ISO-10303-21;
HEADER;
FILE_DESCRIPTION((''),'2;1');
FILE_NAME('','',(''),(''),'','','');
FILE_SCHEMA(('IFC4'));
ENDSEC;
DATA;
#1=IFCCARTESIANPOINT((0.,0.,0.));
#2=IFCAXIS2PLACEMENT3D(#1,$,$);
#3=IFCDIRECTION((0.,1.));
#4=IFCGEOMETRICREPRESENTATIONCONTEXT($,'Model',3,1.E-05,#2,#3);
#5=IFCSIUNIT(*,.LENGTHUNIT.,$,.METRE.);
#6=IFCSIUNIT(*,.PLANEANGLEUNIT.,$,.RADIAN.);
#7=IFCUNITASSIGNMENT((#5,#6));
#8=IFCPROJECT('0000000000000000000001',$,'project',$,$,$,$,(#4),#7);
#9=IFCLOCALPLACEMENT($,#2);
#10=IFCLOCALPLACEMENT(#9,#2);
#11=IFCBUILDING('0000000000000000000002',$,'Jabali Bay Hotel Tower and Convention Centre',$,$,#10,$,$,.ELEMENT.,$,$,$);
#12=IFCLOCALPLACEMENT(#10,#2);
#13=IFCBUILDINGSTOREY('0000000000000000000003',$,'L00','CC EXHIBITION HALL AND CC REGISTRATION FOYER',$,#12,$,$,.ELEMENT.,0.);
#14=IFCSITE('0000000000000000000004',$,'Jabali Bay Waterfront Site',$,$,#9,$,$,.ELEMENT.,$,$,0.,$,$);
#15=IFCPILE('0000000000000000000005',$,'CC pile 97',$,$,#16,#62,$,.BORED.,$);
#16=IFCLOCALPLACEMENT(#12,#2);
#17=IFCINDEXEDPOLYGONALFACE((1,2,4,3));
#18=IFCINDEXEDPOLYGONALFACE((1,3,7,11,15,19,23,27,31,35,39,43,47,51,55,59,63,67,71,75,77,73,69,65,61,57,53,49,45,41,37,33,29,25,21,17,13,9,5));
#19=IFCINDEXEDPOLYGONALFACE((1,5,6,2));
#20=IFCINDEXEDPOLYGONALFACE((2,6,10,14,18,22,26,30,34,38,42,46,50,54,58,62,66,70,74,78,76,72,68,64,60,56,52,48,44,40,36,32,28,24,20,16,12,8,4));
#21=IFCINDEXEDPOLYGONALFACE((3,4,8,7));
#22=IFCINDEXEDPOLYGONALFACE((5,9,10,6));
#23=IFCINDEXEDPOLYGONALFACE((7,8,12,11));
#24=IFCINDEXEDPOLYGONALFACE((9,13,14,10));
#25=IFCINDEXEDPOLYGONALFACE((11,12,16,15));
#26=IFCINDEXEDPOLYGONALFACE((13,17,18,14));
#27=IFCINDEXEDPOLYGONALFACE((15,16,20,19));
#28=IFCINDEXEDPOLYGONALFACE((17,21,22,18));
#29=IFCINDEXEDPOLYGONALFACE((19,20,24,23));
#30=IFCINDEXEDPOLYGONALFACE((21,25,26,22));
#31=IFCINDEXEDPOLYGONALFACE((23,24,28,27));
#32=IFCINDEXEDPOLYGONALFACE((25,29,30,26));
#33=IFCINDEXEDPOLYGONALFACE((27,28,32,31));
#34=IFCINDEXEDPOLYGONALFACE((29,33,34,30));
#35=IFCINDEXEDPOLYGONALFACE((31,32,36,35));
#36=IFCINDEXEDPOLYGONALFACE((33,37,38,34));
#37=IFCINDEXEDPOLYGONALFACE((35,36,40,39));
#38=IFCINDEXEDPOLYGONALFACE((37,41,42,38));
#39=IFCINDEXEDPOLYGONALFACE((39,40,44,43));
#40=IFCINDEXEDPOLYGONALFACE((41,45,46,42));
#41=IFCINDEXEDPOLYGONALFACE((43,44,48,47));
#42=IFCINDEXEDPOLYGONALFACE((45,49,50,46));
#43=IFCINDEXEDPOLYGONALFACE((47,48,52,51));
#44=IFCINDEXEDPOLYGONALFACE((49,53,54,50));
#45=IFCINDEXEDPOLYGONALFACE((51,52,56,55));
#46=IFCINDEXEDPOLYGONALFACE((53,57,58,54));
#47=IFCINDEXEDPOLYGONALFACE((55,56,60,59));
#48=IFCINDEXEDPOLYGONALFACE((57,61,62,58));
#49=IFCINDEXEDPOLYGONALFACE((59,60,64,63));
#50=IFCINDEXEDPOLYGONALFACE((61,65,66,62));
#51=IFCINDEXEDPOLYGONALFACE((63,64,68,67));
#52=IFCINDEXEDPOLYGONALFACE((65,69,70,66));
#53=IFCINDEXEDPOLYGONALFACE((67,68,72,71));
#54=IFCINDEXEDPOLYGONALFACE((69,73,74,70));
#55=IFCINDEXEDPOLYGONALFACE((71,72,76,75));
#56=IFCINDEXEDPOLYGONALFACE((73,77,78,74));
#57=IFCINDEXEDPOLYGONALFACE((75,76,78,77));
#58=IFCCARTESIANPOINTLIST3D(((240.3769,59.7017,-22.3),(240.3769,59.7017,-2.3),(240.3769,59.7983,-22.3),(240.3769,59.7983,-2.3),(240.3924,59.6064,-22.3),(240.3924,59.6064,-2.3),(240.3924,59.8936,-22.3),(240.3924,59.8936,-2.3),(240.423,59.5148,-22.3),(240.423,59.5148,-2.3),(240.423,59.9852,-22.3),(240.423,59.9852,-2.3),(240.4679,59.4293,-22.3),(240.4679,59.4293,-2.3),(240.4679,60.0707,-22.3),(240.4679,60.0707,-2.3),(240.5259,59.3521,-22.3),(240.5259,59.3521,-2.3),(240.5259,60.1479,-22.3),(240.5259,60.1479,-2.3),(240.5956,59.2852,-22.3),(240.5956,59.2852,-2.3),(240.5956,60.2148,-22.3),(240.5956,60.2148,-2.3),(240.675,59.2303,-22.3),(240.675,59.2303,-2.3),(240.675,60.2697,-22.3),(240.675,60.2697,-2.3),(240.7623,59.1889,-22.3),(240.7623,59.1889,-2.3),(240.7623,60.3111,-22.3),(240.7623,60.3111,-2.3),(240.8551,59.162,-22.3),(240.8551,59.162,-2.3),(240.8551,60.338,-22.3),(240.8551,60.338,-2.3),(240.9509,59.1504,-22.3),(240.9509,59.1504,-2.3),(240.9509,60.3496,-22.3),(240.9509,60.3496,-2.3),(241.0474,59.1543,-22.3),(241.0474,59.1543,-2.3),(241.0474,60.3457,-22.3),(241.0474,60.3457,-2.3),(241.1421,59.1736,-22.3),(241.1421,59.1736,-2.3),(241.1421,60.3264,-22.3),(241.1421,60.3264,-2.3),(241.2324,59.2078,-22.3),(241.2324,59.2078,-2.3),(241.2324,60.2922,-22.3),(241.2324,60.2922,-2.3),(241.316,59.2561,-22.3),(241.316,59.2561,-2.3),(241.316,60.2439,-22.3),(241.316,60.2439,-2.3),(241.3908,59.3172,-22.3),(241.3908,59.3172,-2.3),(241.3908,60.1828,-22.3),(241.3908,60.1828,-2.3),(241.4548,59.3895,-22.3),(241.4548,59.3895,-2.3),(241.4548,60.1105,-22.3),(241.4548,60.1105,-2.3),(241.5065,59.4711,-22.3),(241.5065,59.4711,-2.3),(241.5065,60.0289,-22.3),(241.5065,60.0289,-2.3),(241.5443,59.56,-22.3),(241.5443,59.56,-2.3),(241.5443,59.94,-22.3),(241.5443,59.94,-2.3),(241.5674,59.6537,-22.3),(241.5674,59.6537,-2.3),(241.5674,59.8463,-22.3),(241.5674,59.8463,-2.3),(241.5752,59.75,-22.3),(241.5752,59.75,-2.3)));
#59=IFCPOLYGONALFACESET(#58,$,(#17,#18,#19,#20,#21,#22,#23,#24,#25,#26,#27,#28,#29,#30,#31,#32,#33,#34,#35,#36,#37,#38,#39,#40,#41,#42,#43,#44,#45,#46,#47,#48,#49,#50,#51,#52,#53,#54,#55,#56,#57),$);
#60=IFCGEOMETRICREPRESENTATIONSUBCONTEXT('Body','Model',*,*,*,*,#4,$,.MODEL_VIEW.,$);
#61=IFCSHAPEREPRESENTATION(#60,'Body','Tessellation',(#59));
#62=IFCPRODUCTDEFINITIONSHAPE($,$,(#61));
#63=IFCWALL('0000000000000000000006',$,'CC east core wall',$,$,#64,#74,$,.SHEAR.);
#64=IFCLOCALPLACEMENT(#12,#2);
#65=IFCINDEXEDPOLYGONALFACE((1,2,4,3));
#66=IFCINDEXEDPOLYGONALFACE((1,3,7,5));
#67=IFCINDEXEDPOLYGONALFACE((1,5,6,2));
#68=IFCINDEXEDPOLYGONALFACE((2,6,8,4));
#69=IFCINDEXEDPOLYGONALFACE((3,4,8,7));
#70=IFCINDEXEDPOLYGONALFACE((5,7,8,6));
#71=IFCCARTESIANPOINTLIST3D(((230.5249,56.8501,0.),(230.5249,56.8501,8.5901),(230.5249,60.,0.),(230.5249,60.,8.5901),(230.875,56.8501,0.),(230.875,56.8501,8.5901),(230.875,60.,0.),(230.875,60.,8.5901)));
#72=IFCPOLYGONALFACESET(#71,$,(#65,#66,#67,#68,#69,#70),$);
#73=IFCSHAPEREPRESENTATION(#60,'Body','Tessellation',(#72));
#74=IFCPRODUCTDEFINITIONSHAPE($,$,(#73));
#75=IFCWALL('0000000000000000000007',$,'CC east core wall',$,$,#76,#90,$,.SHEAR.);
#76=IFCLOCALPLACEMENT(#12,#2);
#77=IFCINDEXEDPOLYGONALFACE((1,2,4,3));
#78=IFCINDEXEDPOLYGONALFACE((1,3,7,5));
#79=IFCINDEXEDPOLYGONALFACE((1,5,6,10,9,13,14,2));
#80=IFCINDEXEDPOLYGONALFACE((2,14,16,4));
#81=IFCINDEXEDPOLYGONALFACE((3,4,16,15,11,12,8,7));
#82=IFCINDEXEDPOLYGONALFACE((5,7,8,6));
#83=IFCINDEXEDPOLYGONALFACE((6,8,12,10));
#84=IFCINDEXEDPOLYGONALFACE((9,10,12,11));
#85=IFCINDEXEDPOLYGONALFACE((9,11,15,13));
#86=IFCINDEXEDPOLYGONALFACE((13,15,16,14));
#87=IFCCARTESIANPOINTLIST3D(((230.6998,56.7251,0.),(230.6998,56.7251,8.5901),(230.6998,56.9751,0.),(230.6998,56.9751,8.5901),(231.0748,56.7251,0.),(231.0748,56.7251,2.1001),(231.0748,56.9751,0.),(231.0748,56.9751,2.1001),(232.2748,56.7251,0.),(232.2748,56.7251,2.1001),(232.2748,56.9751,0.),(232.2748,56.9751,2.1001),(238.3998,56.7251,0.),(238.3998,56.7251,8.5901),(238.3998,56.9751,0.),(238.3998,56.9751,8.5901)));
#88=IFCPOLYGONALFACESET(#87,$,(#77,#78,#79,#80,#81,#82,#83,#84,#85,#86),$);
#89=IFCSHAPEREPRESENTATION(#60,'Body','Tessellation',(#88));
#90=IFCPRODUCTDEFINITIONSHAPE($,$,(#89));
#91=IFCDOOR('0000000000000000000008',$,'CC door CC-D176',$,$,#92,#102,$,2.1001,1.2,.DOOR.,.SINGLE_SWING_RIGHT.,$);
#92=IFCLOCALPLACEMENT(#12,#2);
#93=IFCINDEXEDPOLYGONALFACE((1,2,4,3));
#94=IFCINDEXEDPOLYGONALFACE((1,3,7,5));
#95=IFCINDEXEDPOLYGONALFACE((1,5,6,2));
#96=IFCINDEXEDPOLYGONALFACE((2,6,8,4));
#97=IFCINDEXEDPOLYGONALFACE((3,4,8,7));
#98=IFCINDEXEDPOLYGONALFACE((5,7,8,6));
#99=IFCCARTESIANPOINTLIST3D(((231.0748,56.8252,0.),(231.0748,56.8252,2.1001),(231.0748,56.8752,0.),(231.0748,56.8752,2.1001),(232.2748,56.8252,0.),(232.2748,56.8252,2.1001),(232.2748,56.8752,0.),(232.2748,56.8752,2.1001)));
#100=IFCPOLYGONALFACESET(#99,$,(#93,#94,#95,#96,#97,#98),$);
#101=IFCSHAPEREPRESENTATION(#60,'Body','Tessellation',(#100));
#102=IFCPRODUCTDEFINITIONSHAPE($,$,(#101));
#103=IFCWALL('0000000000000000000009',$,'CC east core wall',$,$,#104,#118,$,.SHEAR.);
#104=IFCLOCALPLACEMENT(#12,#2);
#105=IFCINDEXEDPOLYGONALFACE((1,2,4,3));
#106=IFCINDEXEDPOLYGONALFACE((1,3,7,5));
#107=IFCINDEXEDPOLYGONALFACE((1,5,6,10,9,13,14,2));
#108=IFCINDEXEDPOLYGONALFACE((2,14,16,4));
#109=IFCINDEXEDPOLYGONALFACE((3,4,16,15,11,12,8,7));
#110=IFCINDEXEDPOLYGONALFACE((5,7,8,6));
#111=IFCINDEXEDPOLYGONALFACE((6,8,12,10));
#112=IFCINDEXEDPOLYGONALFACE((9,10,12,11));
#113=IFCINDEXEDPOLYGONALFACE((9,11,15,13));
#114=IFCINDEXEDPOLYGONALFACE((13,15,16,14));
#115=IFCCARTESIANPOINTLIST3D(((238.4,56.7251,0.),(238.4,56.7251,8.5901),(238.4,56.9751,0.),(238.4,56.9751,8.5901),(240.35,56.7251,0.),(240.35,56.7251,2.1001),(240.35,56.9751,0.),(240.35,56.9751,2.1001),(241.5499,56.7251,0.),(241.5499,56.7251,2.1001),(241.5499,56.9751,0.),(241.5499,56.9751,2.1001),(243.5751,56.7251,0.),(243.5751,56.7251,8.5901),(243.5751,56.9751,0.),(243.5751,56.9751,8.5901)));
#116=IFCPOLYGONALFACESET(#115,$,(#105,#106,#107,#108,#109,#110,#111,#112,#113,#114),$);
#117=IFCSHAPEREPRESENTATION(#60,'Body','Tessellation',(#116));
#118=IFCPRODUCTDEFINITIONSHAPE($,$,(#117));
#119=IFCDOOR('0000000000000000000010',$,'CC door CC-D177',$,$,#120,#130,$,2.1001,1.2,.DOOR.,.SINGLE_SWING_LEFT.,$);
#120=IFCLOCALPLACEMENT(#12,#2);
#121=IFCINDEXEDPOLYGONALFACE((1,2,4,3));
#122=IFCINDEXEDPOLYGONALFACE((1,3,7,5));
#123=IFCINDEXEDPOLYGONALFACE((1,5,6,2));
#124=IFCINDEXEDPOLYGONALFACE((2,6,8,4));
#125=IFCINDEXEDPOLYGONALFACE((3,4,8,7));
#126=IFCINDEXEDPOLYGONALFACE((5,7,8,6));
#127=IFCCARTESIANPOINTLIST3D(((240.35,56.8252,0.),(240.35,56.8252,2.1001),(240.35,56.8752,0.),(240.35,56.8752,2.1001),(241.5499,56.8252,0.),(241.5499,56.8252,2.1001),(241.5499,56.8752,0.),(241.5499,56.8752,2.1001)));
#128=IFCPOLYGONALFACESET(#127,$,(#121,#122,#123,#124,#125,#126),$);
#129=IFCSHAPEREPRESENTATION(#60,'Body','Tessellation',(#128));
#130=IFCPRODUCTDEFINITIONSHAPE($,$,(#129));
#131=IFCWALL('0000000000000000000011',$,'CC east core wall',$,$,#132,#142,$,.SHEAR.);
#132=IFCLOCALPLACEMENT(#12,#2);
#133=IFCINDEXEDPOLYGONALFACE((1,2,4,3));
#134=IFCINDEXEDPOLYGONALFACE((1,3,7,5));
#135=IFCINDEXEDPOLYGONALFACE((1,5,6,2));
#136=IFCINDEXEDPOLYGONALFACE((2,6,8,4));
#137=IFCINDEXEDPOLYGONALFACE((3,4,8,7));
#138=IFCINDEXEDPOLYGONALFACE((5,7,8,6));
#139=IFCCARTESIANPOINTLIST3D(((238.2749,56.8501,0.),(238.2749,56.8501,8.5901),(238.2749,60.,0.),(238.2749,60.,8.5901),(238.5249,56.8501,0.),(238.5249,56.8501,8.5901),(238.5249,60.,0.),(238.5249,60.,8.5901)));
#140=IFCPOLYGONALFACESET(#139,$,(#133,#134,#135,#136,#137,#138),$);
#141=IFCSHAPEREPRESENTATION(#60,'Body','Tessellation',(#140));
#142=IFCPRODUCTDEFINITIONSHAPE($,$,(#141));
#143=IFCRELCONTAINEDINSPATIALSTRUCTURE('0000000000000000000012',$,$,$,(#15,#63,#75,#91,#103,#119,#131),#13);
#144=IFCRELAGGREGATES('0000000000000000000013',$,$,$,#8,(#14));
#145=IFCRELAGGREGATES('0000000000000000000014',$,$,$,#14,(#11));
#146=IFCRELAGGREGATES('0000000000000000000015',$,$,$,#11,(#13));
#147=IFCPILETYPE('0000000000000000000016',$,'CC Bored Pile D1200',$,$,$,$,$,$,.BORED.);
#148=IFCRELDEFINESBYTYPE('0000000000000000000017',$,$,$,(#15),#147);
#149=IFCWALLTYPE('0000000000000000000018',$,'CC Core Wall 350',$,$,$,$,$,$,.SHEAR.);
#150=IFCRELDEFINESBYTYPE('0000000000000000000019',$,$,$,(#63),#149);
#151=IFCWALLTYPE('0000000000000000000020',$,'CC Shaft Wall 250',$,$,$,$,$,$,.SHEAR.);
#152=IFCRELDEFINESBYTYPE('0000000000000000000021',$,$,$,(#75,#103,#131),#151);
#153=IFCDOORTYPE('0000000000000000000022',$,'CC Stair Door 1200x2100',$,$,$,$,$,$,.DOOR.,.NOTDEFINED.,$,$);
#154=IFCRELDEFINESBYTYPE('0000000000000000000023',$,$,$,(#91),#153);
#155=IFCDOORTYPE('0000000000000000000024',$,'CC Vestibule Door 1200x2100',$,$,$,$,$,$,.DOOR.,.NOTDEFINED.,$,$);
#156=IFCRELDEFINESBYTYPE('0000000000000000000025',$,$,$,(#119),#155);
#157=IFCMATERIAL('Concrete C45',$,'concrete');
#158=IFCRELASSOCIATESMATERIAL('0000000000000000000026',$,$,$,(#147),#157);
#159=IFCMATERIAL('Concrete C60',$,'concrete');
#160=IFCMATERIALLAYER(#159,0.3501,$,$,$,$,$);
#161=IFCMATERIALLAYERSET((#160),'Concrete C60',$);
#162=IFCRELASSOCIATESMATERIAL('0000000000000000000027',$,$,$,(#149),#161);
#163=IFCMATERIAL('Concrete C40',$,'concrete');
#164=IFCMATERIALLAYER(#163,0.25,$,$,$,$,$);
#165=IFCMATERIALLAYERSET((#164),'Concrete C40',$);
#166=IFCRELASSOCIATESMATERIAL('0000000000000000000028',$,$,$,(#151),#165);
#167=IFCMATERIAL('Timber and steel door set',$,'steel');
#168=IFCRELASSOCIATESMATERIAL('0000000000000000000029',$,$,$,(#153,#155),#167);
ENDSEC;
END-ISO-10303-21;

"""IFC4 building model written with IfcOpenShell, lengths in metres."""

from ifc_helpers import new_model, si_unit, direction, frame, frame_2d, origin, origin_2d, place, context, subcontext, project, spatial, rectangle, circle, extrude, material, layer, layer_set, material_profile, profile_set, type_object, element, fill, save


model = new_model("IFC4")

# Units and contexts
model_context = context("Model", 3, precision=1e-05, world=origin(), true_north=direction((0.0, 1.0)))
body_context = subcontext(model_context, "Body", "Model", "MODEL_VIEW")
ifc_project = project(units=[si_unit("LENGTHUNIT", "METRE"), si_unit("PLANEANGLEUNIT", "RADIAN")], contexts=[model_context])

# Site, building, storey
site_placement = place(None, origin())
site = spatial("IfcSite", under=ifc_project, at=site_placement, Name="Jabali Bay Waterfront Site", CompositionType="ELEMENT", RefElevation=0.0)
building_placement = place(site_placement, origin())
building = spatial("IfcBuilding", under=site, at=building_placement, Name="Jabali Bay Hotel Tower and Convention Centre", CompositionType="ELEMENT")
storey_placement = place(building_placement, origin())
storey = spatial("IfcBuildingStorey", under=building, at=storey_placement, Name="L00", Description="CC EXHIBITION HALL AND CC REGISTRATION FOYER", CompositionType="ELEMENT", Elevation=0.0)

# Pile
ifc_material_1 = material(Name="Concrete C45", Category="concrete")
ifc_material_profile = material_profile(ifc_material_1, circle(Radius=0.6001, at=origin_2d()), Name="D1200")
ifc_profile_set = profile_set([ifc_material_profile], Name="Concrete C45")
pile_type = type_object("IfcPileType", Name="CC Bored Pile D1200", PredefinedType="BORED", material=ifc_profile_set)
for number, where, z_axis, x_axis, name in (
    (1, (240.9751, 59.75, -2.3), (0.0, 0.0, -1.0), (1.0, 0.0, 0.0), "CC pile 97"),
):
    element("IfcPile", number, at=place(storey_placement, frame(where, z_axis=z_axis, x_axis=x_axis)), inside=storey, type_object=pile_type, Name=name, PredefinedType="BORED", context=body_context, shape_type="SweptSolid", body=[
        extrude(circle(Radius=0.6001, at=origin_2d()), origin(), (0.0, 0.0, 1.0), 20.0),
    ])

# Wall
ifc_material_2 = material(Name="Concrete C60", Category="concrete")
ifc_layer_1 = layer(ifc_material_2, 0.3501)
ifc_layer_set_1 = layer_set([ifc_layer_1], Name="Concrete C60")
wall_type_1 = type_object("IfcWallType", Name="CC Core Wall 350", PredefinedType="SHEAR", material=ifc_layer_set_1)
wall_1_placement = place(storey_placement, frame((230.7, 56.8501, 0.0), z_axis=(0.0, 0.0, 1.0), x_axis=(0.0, 1.0, 0.0)))
element("IfcWall", 2, at=wall_1_placement, inside=storey, type_object=wall_type_1, Name="CC east core wall", PredefinedType="SHEAR", context=body_context, shape_type="SweptSolid", body=[
    extrude(rectangle(XDim=3.1499, YDim=0.3501, at=frame_2d((1.575, 0.0))), origin(), (0.0, 0.0, 1.0), 8.5901),
])

# Walls, openings, doors
ifc_material_3 = material(Name="Concrete C40", Category="concrete")
ifc_layer_2 = layer(ifc_material_3, 0.25)
ifc_layer_set_2 = layer_set([ifc_layer_2], Name="Concrete C40")
wall_type_2 = type_object("IfcWallType", Name="CC Shaft Wall 250", PredefinedType="SHEAR", material=ifc_layer_set_2)
wall_2_placement = place(storey_placement, frame((238.3999, 56.8501, 0.0), z_axis=(0.0, 0.0, 1.0), x_axis=(-1.0, 0.0, 0.0)))
wall_2 = element("IfcWall", 3, at=wall_2_placement, inside=storey, type_object=wall_type_2, Name="CC east core wall", PredefinedType="SHEAR", context=body_context, shape_type="SweptSolid", body=[
    extrude(rectangle(XDim=7.7, YDim=0.25, at=frame_2d((3.8501, 0.0))), origin(), (0.0, 0.0, 1.0), 8.5901),
])
opening_1_placement = place(wall_2_placement, frame((6.125, 0.0, 0.0)))
opening_1 = element("IfcOpeningElement", 4, at=opening_1_placement, cuts=wall_2, PredefinedType="OPENING", context=body_context, shape_type="SweptSolid", body=[
    extrude(rectangle(XDim=1.2, YDim=2.1001, at=frame_2d((0.6001, 1.05))), frame((0.0, 0.1355, 0.0), z_axis=(0.0, -1.0, 0.0), x_axis=(1.0, 0.0, 0.0)), (0.0, 0.0, 1.0), 0.271),
])
ifc_material_4 = material(Name="Timber and steel door set", Category="steel")
door_type_1 = type_object("IfcDoorType", Name="CC Stair Door 1200x2100", OperationType="NOTDEFINED", PredefinedType="DOOR", material=ifc_material_4)
door_1_placement = place(opening_1_placement, origin())
door_1 = element("IfcDoor", 5, at=door_1_placement, inside=storey, type_object=door_type_1, Name="CC door CC-D176", OperationType="SINGLE_SWING_RIGHT", OverallHeight=2.1001, OverallWidth=1.2, PredefinedType="DOOR", context=body_context, shape_type="SweptSolid", body=[
    extrude(rectangle(XDim=1.2, YDim=2.1001, at=frame_2d((0.6001, 1.05))), frame((0.0, 0.0249, 0.0), z_axis=(0.0, -1.0, 0.0), x_axis=(1.0, 0.0, 0.0)), (0.0, 0.0, 1.0), 0.05),
])
fill(opening_1, door_1)
wall_3_placement = place(storey_placement, frame((243.575, 56.8501, 0.0), z_axis=(0.0, 0.0, 1.0), x_axis=(-1.0, 0.0, 0.0)))
wall_3 = element("IfcWall", 6, at=wall_3_placement, inside=storey, type_object=wall_type_2, Name="CC east core wall", PredefinedType="SHEAR", context=body_context, shape_type="SweptSolid", body=[
    extrude(rectangle(XDim=5.175, YDim=0.25, at=frame_2d((2.5874, 0.0))), origin(), (0.0, 0.0, 1.0), 8.5901),
])
opening_2_placement = place(wall_3_placement, frame((2.0249, 0.0, 0.0)))
opening_2 = element("IfcOpeningElement", 7, at=opening_2_placement, cuts=wall_3, PredefinedType="OPENING", context=body_context, shape_type="SweptSolid", body=[
    extrude(rectangle(XDim=1.2, YDim=2.1001, at=frame_2d((0.6001, 1.05))), frame((0.0, 0.1355, 0.0), z_axis=(0.0, -1.0, 0.0), x_axis=(1.0, 0.0, 0.0)), (0.0, 0.0, 1.0), 0.271),
])
door_type_2 = type_object("IfcDoorType", Name="CC Vestibule Door 1200x2100", OperationType="NOTDEFINED", PredefinedType="DOOR", material=ifc_material_4)
door_2_placement = place(opening_2_placement, origin())
door_2 = element("IfcDoor", 8, at=door_2_placement, inside=storey, type_object=door_type_2, Name="CC door CC-D177", OperationType="SINGLE_SWING_LEFT", OverallHeight=2.1001, OverallWidth=1.2, PredefinedType="DOOR", context=body_context, shape_type="SweptSolid", body=[
    extrude(rectangle(XDim=1.2, YDim=2.1001, at=frame_2d((0.6001, 1.05))), frame((0.0, 0.0249, 0.0), z_axis=(0.0, -1.0, 0.0), x_axis=(1.0, 0.0, 0.0)), (0.0, 0.0, 1.0), 0.05),
])
fill(opening_2, door_2)

# Wall
wall_4_placement = place(storey_placement, frame((238.3999, 56.8501, 0.0), z_axis=(0.0, 0.0, 1.0), x_axis=(0.0, 1.0, 0.0)))
element("IfcWall", 9, at=wall_4_placement, inside=storey, type_object=wall_type_2, Name="CC east core wall", PredefinedType="SHEAR", context=body_context, shape_type="SweptSolid", body=[
    extrude(rectangle(XDim=3.1499, YDim=0.25, at=frame_2d((1.575, 0.0))), origin(), (0.0, 0.0, 1.0), 8.5901),
])

save(model, "model.ifc")
